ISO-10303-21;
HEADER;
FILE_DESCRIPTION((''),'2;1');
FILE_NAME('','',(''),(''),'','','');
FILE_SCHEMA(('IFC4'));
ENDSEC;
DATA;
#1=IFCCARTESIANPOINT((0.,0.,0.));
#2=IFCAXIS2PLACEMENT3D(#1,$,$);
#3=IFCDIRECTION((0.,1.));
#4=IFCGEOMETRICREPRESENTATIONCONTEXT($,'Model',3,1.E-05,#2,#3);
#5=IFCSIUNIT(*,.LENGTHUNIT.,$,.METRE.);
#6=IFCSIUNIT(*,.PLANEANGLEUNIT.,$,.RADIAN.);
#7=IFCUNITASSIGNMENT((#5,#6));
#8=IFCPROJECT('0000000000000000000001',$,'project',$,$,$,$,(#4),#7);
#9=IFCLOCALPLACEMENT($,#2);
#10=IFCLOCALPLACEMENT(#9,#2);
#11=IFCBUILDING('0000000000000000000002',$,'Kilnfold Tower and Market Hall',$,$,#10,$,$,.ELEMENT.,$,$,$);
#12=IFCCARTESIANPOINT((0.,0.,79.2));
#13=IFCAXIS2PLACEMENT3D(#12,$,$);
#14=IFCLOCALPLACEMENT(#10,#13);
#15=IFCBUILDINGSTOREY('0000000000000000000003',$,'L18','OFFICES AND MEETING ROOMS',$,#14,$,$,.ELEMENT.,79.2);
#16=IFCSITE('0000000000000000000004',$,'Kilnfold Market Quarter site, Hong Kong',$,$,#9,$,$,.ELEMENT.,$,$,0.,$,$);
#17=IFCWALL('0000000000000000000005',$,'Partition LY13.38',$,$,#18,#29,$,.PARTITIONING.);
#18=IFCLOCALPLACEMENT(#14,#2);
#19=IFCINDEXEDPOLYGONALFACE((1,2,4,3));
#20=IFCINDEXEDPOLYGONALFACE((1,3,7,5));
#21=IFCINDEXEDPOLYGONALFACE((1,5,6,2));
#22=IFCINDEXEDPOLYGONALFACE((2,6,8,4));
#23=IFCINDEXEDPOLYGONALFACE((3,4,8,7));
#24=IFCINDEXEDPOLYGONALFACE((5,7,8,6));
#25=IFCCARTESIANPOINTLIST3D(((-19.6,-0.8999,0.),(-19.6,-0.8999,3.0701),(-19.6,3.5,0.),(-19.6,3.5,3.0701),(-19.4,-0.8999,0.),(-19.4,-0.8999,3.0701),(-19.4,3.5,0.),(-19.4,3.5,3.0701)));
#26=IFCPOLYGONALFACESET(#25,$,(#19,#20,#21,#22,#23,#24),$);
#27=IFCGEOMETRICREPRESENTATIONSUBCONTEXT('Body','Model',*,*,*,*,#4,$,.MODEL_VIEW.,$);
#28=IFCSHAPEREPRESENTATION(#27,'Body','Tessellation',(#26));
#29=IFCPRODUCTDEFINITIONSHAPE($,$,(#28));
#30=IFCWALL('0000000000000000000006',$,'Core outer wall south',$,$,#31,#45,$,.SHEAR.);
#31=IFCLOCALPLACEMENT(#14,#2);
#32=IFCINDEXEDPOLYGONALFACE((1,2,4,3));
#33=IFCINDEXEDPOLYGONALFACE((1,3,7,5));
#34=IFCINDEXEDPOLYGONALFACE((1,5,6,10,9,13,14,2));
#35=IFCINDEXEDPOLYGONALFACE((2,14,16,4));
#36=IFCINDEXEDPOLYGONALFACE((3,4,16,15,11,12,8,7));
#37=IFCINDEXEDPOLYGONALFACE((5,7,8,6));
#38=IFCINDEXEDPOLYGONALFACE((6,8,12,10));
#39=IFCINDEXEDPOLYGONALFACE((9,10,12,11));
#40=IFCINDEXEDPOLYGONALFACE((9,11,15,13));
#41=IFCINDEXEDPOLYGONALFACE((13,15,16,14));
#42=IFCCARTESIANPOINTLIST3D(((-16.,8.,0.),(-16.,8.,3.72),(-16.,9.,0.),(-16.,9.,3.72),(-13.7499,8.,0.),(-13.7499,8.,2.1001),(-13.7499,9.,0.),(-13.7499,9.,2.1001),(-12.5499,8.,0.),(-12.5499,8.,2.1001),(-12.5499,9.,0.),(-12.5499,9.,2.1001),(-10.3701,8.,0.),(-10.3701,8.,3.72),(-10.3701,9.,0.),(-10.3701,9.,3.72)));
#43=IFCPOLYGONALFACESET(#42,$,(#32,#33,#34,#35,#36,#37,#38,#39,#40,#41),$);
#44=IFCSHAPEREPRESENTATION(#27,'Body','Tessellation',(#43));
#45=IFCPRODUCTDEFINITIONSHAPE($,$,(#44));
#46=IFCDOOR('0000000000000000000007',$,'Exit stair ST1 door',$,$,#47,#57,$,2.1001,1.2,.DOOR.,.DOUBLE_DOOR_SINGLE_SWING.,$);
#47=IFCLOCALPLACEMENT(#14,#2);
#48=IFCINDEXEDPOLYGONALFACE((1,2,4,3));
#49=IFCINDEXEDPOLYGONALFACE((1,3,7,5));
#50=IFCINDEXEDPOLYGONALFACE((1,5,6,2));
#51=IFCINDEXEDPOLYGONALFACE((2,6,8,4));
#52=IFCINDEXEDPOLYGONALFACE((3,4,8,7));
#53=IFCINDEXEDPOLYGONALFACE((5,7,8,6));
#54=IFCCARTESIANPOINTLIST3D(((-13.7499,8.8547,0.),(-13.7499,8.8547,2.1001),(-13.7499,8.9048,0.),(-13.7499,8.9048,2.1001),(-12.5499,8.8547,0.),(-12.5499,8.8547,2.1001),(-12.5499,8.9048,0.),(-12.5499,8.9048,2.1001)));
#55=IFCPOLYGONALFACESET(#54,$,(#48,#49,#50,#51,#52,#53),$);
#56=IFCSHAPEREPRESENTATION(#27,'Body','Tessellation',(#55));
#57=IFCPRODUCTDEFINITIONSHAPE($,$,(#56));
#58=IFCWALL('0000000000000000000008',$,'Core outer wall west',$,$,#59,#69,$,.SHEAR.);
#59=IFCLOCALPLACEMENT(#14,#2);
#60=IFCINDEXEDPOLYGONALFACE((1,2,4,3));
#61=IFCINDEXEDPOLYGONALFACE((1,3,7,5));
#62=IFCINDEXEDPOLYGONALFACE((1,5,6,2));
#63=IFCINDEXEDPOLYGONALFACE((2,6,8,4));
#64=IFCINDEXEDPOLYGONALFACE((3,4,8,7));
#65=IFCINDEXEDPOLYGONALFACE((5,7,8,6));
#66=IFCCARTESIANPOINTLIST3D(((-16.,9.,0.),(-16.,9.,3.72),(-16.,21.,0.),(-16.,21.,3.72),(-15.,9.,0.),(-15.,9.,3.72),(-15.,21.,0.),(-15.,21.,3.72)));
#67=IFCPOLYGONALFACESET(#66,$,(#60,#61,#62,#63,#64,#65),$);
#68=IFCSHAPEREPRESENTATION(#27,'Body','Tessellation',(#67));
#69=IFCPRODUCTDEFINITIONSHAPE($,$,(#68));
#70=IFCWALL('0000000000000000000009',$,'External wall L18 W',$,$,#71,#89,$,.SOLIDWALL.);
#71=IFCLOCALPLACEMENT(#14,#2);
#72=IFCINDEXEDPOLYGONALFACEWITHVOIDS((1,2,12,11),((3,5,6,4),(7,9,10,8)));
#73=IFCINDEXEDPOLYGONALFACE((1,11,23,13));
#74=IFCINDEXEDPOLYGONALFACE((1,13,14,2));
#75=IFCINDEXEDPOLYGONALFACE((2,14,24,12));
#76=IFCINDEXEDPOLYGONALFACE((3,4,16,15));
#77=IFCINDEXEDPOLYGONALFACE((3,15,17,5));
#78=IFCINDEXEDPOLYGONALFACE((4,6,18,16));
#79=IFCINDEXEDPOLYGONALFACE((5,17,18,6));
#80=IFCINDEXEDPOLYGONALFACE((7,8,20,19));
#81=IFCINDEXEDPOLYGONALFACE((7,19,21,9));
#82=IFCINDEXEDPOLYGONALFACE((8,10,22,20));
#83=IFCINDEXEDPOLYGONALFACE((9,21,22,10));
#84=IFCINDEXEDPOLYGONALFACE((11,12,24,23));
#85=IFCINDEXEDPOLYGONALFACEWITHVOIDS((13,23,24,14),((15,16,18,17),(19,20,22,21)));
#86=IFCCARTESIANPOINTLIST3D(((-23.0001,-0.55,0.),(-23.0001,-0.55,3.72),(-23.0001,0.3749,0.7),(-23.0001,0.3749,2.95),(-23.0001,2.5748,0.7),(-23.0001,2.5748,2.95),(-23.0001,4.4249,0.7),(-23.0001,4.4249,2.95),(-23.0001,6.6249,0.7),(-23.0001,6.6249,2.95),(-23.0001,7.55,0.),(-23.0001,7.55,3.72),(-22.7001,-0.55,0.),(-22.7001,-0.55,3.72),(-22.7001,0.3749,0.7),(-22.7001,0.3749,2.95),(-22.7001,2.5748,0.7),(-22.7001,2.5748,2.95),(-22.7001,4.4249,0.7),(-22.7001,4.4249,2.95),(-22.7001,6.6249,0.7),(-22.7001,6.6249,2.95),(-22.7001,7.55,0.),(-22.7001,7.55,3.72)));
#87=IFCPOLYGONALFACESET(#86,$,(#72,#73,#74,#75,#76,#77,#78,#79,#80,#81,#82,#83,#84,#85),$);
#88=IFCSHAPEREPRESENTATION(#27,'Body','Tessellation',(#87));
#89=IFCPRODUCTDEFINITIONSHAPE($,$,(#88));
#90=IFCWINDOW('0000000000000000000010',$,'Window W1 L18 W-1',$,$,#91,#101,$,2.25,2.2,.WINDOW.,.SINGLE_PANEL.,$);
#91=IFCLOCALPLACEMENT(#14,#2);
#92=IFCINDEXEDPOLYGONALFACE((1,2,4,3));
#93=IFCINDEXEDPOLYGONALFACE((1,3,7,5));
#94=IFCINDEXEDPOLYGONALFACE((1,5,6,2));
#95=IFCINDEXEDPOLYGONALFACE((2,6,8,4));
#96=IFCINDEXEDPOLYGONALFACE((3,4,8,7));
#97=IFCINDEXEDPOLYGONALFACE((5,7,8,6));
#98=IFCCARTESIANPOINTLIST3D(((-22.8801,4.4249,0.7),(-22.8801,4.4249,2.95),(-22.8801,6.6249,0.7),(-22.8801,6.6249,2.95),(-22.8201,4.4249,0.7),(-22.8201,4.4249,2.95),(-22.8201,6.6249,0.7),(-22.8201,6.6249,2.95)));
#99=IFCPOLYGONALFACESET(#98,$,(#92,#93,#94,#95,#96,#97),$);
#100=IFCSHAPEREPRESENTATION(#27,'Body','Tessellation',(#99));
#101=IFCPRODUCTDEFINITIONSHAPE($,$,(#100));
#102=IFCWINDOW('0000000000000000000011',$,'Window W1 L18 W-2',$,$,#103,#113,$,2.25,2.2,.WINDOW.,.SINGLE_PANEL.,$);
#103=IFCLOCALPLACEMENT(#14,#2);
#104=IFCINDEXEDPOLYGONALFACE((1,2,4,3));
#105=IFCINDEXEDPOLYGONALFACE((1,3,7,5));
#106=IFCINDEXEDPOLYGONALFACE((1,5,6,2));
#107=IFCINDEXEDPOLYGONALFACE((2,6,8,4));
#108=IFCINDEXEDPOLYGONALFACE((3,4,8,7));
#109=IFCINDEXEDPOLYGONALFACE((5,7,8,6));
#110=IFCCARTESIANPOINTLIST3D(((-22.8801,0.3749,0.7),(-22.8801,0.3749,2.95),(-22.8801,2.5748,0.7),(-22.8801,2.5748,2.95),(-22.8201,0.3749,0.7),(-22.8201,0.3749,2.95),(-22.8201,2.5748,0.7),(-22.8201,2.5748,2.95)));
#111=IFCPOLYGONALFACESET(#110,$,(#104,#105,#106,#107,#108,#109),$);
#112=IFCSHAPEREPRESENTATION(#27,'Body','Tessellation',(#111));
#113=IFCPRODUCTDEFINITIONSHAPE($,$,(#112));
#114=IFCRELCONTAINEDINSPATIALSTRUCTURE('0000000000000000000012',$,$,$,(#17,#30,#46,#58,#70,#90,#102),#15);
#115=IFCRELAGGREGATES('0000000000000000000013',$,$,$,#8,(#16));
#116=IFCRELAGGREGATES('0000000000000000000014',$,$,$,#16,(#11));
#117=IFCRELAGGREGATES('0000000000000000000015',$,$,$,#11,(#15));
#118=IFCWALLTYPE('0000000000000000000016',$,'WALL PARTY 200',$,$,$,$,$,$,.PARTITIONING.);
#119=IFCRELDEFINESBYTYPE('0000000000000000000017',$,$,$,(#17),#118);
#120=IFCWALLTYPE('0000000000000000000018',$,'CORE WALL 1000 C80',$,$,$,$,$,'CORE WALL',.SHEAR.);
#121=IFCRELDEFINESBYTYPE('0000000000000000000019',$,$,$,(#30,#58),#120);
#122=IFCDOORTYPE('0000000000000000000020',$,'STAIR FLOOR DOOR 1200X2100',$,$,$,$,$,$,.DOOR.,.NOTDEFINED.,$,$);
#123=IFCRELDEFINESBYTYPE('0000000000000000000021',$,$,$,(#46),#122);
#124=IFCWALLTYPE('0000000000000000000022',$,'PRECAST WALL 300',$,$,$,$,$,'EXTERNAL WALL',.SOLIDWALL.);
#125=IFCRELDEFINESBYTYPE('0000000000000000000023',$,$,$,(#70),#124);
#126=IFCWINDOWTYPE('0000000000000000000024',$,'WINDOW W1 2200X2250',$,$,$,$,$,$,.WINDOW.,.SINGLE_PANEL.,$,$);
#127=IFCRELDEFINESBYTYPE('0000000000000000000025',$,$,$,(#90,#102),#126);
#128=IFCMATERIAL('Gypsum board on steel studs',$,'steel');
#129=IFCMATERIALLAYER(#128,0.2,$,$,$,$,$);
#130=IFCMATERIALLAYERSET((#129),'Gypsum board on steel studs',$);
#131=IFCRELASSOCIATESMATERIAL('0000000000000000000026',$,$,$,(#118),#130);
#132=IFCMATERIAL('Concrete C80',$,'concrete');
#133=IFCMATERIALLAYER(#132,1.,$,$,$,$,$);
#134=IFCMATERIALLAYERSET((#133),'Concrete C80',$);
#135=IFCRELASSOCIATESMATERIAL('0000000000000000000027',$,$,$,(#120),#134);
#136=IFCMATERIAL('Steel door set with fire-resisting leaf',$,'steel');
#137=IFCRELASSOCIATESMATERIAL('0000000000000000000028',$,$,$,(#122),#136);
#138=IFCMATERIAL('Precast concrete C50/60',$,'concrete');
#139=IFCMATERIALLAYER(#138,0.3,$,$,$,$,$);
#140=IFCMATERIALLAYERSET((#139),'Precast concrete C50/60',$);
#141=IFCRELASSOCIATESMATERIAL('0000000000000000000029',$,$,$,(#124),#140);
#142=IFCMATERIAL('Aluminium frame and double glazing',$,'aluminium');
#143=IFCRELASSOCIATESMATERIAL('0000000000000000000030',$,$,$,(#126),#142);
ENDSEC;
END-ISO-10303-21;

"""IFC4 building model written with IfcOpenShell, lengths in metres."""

from ifc_helpers import new_model, si_unit, direction, frame, frame_2d, origin, place, context, subcontext, project, spatial, rectangle, extrude, source, transform, mapped, material, layer, layer_set, type_object, element, fill, save


model = new_model("IFC4")

# Units and contexts
model_context = context("Model", 3, precision=1e-05, world=origin(), true_north=direction((0.0, 1.0)))
body_context = subcontext(model_context, "Body", "Model", "MODEL_VIEW")
ifc_project = project(units=[si_unit("LENGTHUNIT", "METRE"), si_unit("PLANEANGLEUNIT", "RADIAN")], contexts=[model_context])

# Site, building, storey
site_placement = place(None, origin())
site = spatial("IfcSite", under=ifc_project, at=site_placement, Name="Kilnfold Market Quarter site, Hong Kong", CompositionType="ELEMENT", RefElevation=0.0)
building_placement = place(site_placement, origin())
building = spatial("IfcBuilding", under=site, at=building_placement, Name="Kilnfold Tower and Market Hall", CompositionType="ELEMENT")
storey_placement = place(building_placement, frame((0.0, 0.0, 79.2)))
storey = spatial("IfcBuildingStorey", under=building, at=storey_placement, Name="L18", Description="OFFICES AND MEETING ROOMS", CompositionType="ELEMENT", Elevation=79.2)

# Wall
ifc_material_1 = material(Name="Gypsum board on steel studs", Category="steel")
ifc_layer_1 = layer(ifc_material_1, 0.2)
ifc_layer_set_1 = layer_set([ifc_layer_1], Name="Gypsum board on steel studs")
wall_type_1 = type_object("IfcWallType", Name="WALL PARTY 200", PredefinedType="PARTITIONING", material=ifc_layer_set_1)
wall_1_placement = place(storey_placement, frame((-19.5, 3.5, 0.0), z_axis=(0.0, 0.0, 1.0), x_axis=(0.0, -1.0, 0.0)))
element("IfcWall", 1, at=wall_1_placement, inside=storey, type_object=wall_type_1, Name="Partition LY13.38", PredefinedType="PARTITIONING", context=body_context, shape_type="SweptSolid", body=[
    extrude(rectangle(XDim=4.3999, YDim=0.2, at=frame_2d((2.2, 0.0))), origin(), (0.0, 0.0, 1.0), 3.0701),
])

# Wall, opening, door
ifc_material_2 = material(Name="Concrete C80", Category="concrete")
ifc_layer_2 = layer(ifc_material_2, 1.0)
ifc_layer_set_2 = layer_set([ifc_layer_2], Name="Concrete C80")
wall_type_2 = type_object("IfcWallType", Name="CORE WALL 1000 C80", ElementType="CORE WALL", PredefinedType="SHEAR", material=ifc_layer_set_2)
shared_shape_1 = source(origin(), body_context, "Body", "SweptSolid", [
    extrude(rectangle(XDim=5.6299, YDim=1.0, at=frame_2d((2.8149, 0.0))), origin(), (0.0, 0.0, 1.0), 3.72),
])
wall_2_placement = place(storey_placement, frame((-16.0, 8.5, 0.0), z_axis=(0.0, 0.0, 1.0), x_axis=(1.0, 0.0, 0.0)))
wall_2 = element("IfcWall", 2, at=wall_2_placement, inside=storey, type_object=wall_type_2, Name="Core outer wall south", PredefinedType="SHEAR", context=body_context, shape_type="MappedRepresentation", body=[
    mapped(shared_shape_1, transform((0.0, 0.0, 0.0))),
])
opening_1_placement = place(wall_2_placement, frame((2.25, 0.0, 0.0)))
opening_1 = element("IfcOpeningElement", 3, at=opening_1_placement, cuts=wall_2, PredefinedType="OPENING", context=body_context, shape_type="SweptSolid", body=[
    extrude(rectangle(XDim=1.2, YDim=2.1001, at=frame_2d((0.6001, 1.05))), frame((0.0, 0.51, 0.0), z_axis=(0.0, -1.0, 0.0), x_axis=(1.0, 0.0, 0.0)), (0.0, 0.0, 1.0), 1.02),
])
ifc_material_3 = material(Name="Steel door set with fire-resisting leaf", Category="steel")
door_type_1 = type_object("IfcDoorType", Name="STAIR FLOOR DOOR 1200X2100", OperationType="NOTDEFINED", PredefinedType="DOOR", material=ifc_material_3)
door_1_placement = place(opening_1_placement, origin())
door_1 = element("IfcDoor", 4, at=door_1_placement, inside=storey, type_object=door_type_1, Name="Exit stair ST1 door", OperationType="DOUBLE_DOOR_SINGLE_SWING", OverallHeight=2.1001, OverallWidth=1.2, PredefinedType="DOOR", context=body_context, shape_type="SweptSolid", body=[
    extrude(rectangle(XDim=1.2, YDim=2.1001, at=frame_2d((0.6001, 1.05))), frame((0.0, 0.4048, 0.0), z_axis=(0.0, -1.0, 0.0), x_axis=(1.0, 0.0, 0.0)), (0.0, 0.0, 1.0), 0.05),
])
fill(opening_1, door_1)

# Wall
shared_shape_2 = source(origin(), body_context, "Body", "SweptSolid", [
    extrude(rectangle(XDim=12.0, YDim=1.0, at=frame_2d((6.0, 0.0))), origin(), (0.0, 0.0, 1.0), 3.72),
])
wall_3_placement = place(storey_placement, frame((-15.5, 9.0, 0.0), z_axis=(0.0, 0.0, 1.0), x_axis=(0.0, 1.0, 0.0)))
element("IfcWall", 5, at=wall_3_placement, inside=storey, type_object=wall_type_2, Name="Core outer wall west", PredefinedType="SHEAR", context=body_context, shape_type="MappedRepresentation", body=[
    mapped(shared_shape_2, transform((0.0, 0.0, 0.0))),
])

# Wall, openings, windows
ifc_material_4 = material(Name="Precast concrete C50/60", Category="concrete")
ifc_layer_3 = layer(ifc_material_4, 0.3)
ifc_layer_set_3 = layer_set([ifc_layer_3], Name="Precast concrete C50/60")
wall_type_3 = type_object("IfcWallType", Name="PRECAST WALL 300", ElementType="EXTERNAL WALL", PredefinedType="SOLIDWALL", material=ifc_layer_set_3)
shared_shape_3 = source(origin(), body_context, "Body", "SweptSolid", [
    extrude(rectangle(XDim=8.1001, YDim=0.3, at=frame_2d((4.05, 0.0))), origin(), (0.0, 0.0, 1.0), 3.72),
])
wall_4_placement = place(storey_placement, frame((-22.8501, 7.55, 0.0), z_axis=(0.0, 0.0, 1.0), x_axis=(0.0, -1.0, 0.0)))
wall_4 = element("IfcWall", 6, at=wall_4_placement, inside=storey, type_object=wall_type_3, Name="External wall L18 W", PredefinedType="SOLIDWALL", context=body_context, shape_type="MappedRepresentation", body=[
    mapped(shared_shape_3, transform((0.0, 0.0, 0.0))),
])
opening_2_placement = place(wall_4_placement, frame((0.925, 0.0, 0.7)))
opening_2 = element("IfcOpeningElement", 7, at=opening_2_placement, cuts=wall_4, PredefinedType="OPENING", context=body_context, shape_type="SweptSolid", body=[
    extrude(rectangle(XDim=2.2, YDim=2.25, at=frame_2d((1.1001, 1.125))), frame((0.0, 0.1602, 0.0), z_axis=(0.0, -1.0, 0.0), x_axis=(1.0, 0.0, 0.0)), (0.0, 0.0, 1.0), 0.3201),
])
opening_3_placement = place(wall_4_placement, frame((4.9751, 0.0, 0.7)))
opening_3 = element("IfcOpeningElement", 8, at=opening_3_placement, cuts=wall_4, PredefinedType="OPENING", context=body_context, shape_type="SweptSolid", body=[
    extrude(rectangle(XDim=2.2, YDim=2.25, at=frame_2d((1.1001, 1.125))), frame((0.0, 0.1602, 0.0), z_axis=(0.0, -1.0, 0.0), x_axis=(1.0, 0.0, 0.0)), (0.0, 0.0, 1.0), 0.3201),
])
ifc_material_5 = material(Name="Aluminium frame and double glazing", Category="aluminium")
window_type = type_object("IfcWindowType", Name="WINDOW W1 2200X2250", PartitioningType="SINGLE_PANEL", PredefinedType="WINDOW", material=ifc_material_5)
window_1_placement = place(opening_2_placement, origin())
window_1 = element("IfcWindow", 9, at=window_1_placement, inside=storey, type_object=window_type, Name="Window W1 L18 W-1", OverallHeight=2.25, OverallWidth=2.2, PartitioningType="SINGLE_PANEL", PredefinedType="WINDOW", context=body_context, shape_type="SweptSolid", body=[
    extrude(rectangle(XDim=2.2, YDim=2.25, at=frame_2d((1.1001, 1.125))), frame((0.0, 0.03, 0.0), z_axis=(0.0, -1.0, 0.0), x_axis=(1.0, 0.0, 0.0)), (0.0, 0.0, 1.0), 0.0601),
])
fill(opening_2, window_1)
window_2_placement = place(opening_3_placement, origin())
window_2 = element("IfcWindow", 10, at=window_2_placement, inside=storey, type_object=window_type, Name="Window W1 L18 W-2", OverallHeight=2.25, OverallWidth=2.2, PartitioningType="SINGLE_PANEL", PredefinedType="WINDOW", context=body_context, shape_type="SweptSolid", body=[
    extrude(rectangle(XDim=2.2, YDim=2.25, at=frame_2d((1.1001, 1.125))), frame((0.0, 0.03, 0.0), z_axis=(0.0, -1.0, 0.0), x_axis=(1.0, 0.0, 0.0)), (0.0, 0.0, 1.0), 0.0601),
])
fill(opening_3, window_2)

save(model, "model.ifc")
